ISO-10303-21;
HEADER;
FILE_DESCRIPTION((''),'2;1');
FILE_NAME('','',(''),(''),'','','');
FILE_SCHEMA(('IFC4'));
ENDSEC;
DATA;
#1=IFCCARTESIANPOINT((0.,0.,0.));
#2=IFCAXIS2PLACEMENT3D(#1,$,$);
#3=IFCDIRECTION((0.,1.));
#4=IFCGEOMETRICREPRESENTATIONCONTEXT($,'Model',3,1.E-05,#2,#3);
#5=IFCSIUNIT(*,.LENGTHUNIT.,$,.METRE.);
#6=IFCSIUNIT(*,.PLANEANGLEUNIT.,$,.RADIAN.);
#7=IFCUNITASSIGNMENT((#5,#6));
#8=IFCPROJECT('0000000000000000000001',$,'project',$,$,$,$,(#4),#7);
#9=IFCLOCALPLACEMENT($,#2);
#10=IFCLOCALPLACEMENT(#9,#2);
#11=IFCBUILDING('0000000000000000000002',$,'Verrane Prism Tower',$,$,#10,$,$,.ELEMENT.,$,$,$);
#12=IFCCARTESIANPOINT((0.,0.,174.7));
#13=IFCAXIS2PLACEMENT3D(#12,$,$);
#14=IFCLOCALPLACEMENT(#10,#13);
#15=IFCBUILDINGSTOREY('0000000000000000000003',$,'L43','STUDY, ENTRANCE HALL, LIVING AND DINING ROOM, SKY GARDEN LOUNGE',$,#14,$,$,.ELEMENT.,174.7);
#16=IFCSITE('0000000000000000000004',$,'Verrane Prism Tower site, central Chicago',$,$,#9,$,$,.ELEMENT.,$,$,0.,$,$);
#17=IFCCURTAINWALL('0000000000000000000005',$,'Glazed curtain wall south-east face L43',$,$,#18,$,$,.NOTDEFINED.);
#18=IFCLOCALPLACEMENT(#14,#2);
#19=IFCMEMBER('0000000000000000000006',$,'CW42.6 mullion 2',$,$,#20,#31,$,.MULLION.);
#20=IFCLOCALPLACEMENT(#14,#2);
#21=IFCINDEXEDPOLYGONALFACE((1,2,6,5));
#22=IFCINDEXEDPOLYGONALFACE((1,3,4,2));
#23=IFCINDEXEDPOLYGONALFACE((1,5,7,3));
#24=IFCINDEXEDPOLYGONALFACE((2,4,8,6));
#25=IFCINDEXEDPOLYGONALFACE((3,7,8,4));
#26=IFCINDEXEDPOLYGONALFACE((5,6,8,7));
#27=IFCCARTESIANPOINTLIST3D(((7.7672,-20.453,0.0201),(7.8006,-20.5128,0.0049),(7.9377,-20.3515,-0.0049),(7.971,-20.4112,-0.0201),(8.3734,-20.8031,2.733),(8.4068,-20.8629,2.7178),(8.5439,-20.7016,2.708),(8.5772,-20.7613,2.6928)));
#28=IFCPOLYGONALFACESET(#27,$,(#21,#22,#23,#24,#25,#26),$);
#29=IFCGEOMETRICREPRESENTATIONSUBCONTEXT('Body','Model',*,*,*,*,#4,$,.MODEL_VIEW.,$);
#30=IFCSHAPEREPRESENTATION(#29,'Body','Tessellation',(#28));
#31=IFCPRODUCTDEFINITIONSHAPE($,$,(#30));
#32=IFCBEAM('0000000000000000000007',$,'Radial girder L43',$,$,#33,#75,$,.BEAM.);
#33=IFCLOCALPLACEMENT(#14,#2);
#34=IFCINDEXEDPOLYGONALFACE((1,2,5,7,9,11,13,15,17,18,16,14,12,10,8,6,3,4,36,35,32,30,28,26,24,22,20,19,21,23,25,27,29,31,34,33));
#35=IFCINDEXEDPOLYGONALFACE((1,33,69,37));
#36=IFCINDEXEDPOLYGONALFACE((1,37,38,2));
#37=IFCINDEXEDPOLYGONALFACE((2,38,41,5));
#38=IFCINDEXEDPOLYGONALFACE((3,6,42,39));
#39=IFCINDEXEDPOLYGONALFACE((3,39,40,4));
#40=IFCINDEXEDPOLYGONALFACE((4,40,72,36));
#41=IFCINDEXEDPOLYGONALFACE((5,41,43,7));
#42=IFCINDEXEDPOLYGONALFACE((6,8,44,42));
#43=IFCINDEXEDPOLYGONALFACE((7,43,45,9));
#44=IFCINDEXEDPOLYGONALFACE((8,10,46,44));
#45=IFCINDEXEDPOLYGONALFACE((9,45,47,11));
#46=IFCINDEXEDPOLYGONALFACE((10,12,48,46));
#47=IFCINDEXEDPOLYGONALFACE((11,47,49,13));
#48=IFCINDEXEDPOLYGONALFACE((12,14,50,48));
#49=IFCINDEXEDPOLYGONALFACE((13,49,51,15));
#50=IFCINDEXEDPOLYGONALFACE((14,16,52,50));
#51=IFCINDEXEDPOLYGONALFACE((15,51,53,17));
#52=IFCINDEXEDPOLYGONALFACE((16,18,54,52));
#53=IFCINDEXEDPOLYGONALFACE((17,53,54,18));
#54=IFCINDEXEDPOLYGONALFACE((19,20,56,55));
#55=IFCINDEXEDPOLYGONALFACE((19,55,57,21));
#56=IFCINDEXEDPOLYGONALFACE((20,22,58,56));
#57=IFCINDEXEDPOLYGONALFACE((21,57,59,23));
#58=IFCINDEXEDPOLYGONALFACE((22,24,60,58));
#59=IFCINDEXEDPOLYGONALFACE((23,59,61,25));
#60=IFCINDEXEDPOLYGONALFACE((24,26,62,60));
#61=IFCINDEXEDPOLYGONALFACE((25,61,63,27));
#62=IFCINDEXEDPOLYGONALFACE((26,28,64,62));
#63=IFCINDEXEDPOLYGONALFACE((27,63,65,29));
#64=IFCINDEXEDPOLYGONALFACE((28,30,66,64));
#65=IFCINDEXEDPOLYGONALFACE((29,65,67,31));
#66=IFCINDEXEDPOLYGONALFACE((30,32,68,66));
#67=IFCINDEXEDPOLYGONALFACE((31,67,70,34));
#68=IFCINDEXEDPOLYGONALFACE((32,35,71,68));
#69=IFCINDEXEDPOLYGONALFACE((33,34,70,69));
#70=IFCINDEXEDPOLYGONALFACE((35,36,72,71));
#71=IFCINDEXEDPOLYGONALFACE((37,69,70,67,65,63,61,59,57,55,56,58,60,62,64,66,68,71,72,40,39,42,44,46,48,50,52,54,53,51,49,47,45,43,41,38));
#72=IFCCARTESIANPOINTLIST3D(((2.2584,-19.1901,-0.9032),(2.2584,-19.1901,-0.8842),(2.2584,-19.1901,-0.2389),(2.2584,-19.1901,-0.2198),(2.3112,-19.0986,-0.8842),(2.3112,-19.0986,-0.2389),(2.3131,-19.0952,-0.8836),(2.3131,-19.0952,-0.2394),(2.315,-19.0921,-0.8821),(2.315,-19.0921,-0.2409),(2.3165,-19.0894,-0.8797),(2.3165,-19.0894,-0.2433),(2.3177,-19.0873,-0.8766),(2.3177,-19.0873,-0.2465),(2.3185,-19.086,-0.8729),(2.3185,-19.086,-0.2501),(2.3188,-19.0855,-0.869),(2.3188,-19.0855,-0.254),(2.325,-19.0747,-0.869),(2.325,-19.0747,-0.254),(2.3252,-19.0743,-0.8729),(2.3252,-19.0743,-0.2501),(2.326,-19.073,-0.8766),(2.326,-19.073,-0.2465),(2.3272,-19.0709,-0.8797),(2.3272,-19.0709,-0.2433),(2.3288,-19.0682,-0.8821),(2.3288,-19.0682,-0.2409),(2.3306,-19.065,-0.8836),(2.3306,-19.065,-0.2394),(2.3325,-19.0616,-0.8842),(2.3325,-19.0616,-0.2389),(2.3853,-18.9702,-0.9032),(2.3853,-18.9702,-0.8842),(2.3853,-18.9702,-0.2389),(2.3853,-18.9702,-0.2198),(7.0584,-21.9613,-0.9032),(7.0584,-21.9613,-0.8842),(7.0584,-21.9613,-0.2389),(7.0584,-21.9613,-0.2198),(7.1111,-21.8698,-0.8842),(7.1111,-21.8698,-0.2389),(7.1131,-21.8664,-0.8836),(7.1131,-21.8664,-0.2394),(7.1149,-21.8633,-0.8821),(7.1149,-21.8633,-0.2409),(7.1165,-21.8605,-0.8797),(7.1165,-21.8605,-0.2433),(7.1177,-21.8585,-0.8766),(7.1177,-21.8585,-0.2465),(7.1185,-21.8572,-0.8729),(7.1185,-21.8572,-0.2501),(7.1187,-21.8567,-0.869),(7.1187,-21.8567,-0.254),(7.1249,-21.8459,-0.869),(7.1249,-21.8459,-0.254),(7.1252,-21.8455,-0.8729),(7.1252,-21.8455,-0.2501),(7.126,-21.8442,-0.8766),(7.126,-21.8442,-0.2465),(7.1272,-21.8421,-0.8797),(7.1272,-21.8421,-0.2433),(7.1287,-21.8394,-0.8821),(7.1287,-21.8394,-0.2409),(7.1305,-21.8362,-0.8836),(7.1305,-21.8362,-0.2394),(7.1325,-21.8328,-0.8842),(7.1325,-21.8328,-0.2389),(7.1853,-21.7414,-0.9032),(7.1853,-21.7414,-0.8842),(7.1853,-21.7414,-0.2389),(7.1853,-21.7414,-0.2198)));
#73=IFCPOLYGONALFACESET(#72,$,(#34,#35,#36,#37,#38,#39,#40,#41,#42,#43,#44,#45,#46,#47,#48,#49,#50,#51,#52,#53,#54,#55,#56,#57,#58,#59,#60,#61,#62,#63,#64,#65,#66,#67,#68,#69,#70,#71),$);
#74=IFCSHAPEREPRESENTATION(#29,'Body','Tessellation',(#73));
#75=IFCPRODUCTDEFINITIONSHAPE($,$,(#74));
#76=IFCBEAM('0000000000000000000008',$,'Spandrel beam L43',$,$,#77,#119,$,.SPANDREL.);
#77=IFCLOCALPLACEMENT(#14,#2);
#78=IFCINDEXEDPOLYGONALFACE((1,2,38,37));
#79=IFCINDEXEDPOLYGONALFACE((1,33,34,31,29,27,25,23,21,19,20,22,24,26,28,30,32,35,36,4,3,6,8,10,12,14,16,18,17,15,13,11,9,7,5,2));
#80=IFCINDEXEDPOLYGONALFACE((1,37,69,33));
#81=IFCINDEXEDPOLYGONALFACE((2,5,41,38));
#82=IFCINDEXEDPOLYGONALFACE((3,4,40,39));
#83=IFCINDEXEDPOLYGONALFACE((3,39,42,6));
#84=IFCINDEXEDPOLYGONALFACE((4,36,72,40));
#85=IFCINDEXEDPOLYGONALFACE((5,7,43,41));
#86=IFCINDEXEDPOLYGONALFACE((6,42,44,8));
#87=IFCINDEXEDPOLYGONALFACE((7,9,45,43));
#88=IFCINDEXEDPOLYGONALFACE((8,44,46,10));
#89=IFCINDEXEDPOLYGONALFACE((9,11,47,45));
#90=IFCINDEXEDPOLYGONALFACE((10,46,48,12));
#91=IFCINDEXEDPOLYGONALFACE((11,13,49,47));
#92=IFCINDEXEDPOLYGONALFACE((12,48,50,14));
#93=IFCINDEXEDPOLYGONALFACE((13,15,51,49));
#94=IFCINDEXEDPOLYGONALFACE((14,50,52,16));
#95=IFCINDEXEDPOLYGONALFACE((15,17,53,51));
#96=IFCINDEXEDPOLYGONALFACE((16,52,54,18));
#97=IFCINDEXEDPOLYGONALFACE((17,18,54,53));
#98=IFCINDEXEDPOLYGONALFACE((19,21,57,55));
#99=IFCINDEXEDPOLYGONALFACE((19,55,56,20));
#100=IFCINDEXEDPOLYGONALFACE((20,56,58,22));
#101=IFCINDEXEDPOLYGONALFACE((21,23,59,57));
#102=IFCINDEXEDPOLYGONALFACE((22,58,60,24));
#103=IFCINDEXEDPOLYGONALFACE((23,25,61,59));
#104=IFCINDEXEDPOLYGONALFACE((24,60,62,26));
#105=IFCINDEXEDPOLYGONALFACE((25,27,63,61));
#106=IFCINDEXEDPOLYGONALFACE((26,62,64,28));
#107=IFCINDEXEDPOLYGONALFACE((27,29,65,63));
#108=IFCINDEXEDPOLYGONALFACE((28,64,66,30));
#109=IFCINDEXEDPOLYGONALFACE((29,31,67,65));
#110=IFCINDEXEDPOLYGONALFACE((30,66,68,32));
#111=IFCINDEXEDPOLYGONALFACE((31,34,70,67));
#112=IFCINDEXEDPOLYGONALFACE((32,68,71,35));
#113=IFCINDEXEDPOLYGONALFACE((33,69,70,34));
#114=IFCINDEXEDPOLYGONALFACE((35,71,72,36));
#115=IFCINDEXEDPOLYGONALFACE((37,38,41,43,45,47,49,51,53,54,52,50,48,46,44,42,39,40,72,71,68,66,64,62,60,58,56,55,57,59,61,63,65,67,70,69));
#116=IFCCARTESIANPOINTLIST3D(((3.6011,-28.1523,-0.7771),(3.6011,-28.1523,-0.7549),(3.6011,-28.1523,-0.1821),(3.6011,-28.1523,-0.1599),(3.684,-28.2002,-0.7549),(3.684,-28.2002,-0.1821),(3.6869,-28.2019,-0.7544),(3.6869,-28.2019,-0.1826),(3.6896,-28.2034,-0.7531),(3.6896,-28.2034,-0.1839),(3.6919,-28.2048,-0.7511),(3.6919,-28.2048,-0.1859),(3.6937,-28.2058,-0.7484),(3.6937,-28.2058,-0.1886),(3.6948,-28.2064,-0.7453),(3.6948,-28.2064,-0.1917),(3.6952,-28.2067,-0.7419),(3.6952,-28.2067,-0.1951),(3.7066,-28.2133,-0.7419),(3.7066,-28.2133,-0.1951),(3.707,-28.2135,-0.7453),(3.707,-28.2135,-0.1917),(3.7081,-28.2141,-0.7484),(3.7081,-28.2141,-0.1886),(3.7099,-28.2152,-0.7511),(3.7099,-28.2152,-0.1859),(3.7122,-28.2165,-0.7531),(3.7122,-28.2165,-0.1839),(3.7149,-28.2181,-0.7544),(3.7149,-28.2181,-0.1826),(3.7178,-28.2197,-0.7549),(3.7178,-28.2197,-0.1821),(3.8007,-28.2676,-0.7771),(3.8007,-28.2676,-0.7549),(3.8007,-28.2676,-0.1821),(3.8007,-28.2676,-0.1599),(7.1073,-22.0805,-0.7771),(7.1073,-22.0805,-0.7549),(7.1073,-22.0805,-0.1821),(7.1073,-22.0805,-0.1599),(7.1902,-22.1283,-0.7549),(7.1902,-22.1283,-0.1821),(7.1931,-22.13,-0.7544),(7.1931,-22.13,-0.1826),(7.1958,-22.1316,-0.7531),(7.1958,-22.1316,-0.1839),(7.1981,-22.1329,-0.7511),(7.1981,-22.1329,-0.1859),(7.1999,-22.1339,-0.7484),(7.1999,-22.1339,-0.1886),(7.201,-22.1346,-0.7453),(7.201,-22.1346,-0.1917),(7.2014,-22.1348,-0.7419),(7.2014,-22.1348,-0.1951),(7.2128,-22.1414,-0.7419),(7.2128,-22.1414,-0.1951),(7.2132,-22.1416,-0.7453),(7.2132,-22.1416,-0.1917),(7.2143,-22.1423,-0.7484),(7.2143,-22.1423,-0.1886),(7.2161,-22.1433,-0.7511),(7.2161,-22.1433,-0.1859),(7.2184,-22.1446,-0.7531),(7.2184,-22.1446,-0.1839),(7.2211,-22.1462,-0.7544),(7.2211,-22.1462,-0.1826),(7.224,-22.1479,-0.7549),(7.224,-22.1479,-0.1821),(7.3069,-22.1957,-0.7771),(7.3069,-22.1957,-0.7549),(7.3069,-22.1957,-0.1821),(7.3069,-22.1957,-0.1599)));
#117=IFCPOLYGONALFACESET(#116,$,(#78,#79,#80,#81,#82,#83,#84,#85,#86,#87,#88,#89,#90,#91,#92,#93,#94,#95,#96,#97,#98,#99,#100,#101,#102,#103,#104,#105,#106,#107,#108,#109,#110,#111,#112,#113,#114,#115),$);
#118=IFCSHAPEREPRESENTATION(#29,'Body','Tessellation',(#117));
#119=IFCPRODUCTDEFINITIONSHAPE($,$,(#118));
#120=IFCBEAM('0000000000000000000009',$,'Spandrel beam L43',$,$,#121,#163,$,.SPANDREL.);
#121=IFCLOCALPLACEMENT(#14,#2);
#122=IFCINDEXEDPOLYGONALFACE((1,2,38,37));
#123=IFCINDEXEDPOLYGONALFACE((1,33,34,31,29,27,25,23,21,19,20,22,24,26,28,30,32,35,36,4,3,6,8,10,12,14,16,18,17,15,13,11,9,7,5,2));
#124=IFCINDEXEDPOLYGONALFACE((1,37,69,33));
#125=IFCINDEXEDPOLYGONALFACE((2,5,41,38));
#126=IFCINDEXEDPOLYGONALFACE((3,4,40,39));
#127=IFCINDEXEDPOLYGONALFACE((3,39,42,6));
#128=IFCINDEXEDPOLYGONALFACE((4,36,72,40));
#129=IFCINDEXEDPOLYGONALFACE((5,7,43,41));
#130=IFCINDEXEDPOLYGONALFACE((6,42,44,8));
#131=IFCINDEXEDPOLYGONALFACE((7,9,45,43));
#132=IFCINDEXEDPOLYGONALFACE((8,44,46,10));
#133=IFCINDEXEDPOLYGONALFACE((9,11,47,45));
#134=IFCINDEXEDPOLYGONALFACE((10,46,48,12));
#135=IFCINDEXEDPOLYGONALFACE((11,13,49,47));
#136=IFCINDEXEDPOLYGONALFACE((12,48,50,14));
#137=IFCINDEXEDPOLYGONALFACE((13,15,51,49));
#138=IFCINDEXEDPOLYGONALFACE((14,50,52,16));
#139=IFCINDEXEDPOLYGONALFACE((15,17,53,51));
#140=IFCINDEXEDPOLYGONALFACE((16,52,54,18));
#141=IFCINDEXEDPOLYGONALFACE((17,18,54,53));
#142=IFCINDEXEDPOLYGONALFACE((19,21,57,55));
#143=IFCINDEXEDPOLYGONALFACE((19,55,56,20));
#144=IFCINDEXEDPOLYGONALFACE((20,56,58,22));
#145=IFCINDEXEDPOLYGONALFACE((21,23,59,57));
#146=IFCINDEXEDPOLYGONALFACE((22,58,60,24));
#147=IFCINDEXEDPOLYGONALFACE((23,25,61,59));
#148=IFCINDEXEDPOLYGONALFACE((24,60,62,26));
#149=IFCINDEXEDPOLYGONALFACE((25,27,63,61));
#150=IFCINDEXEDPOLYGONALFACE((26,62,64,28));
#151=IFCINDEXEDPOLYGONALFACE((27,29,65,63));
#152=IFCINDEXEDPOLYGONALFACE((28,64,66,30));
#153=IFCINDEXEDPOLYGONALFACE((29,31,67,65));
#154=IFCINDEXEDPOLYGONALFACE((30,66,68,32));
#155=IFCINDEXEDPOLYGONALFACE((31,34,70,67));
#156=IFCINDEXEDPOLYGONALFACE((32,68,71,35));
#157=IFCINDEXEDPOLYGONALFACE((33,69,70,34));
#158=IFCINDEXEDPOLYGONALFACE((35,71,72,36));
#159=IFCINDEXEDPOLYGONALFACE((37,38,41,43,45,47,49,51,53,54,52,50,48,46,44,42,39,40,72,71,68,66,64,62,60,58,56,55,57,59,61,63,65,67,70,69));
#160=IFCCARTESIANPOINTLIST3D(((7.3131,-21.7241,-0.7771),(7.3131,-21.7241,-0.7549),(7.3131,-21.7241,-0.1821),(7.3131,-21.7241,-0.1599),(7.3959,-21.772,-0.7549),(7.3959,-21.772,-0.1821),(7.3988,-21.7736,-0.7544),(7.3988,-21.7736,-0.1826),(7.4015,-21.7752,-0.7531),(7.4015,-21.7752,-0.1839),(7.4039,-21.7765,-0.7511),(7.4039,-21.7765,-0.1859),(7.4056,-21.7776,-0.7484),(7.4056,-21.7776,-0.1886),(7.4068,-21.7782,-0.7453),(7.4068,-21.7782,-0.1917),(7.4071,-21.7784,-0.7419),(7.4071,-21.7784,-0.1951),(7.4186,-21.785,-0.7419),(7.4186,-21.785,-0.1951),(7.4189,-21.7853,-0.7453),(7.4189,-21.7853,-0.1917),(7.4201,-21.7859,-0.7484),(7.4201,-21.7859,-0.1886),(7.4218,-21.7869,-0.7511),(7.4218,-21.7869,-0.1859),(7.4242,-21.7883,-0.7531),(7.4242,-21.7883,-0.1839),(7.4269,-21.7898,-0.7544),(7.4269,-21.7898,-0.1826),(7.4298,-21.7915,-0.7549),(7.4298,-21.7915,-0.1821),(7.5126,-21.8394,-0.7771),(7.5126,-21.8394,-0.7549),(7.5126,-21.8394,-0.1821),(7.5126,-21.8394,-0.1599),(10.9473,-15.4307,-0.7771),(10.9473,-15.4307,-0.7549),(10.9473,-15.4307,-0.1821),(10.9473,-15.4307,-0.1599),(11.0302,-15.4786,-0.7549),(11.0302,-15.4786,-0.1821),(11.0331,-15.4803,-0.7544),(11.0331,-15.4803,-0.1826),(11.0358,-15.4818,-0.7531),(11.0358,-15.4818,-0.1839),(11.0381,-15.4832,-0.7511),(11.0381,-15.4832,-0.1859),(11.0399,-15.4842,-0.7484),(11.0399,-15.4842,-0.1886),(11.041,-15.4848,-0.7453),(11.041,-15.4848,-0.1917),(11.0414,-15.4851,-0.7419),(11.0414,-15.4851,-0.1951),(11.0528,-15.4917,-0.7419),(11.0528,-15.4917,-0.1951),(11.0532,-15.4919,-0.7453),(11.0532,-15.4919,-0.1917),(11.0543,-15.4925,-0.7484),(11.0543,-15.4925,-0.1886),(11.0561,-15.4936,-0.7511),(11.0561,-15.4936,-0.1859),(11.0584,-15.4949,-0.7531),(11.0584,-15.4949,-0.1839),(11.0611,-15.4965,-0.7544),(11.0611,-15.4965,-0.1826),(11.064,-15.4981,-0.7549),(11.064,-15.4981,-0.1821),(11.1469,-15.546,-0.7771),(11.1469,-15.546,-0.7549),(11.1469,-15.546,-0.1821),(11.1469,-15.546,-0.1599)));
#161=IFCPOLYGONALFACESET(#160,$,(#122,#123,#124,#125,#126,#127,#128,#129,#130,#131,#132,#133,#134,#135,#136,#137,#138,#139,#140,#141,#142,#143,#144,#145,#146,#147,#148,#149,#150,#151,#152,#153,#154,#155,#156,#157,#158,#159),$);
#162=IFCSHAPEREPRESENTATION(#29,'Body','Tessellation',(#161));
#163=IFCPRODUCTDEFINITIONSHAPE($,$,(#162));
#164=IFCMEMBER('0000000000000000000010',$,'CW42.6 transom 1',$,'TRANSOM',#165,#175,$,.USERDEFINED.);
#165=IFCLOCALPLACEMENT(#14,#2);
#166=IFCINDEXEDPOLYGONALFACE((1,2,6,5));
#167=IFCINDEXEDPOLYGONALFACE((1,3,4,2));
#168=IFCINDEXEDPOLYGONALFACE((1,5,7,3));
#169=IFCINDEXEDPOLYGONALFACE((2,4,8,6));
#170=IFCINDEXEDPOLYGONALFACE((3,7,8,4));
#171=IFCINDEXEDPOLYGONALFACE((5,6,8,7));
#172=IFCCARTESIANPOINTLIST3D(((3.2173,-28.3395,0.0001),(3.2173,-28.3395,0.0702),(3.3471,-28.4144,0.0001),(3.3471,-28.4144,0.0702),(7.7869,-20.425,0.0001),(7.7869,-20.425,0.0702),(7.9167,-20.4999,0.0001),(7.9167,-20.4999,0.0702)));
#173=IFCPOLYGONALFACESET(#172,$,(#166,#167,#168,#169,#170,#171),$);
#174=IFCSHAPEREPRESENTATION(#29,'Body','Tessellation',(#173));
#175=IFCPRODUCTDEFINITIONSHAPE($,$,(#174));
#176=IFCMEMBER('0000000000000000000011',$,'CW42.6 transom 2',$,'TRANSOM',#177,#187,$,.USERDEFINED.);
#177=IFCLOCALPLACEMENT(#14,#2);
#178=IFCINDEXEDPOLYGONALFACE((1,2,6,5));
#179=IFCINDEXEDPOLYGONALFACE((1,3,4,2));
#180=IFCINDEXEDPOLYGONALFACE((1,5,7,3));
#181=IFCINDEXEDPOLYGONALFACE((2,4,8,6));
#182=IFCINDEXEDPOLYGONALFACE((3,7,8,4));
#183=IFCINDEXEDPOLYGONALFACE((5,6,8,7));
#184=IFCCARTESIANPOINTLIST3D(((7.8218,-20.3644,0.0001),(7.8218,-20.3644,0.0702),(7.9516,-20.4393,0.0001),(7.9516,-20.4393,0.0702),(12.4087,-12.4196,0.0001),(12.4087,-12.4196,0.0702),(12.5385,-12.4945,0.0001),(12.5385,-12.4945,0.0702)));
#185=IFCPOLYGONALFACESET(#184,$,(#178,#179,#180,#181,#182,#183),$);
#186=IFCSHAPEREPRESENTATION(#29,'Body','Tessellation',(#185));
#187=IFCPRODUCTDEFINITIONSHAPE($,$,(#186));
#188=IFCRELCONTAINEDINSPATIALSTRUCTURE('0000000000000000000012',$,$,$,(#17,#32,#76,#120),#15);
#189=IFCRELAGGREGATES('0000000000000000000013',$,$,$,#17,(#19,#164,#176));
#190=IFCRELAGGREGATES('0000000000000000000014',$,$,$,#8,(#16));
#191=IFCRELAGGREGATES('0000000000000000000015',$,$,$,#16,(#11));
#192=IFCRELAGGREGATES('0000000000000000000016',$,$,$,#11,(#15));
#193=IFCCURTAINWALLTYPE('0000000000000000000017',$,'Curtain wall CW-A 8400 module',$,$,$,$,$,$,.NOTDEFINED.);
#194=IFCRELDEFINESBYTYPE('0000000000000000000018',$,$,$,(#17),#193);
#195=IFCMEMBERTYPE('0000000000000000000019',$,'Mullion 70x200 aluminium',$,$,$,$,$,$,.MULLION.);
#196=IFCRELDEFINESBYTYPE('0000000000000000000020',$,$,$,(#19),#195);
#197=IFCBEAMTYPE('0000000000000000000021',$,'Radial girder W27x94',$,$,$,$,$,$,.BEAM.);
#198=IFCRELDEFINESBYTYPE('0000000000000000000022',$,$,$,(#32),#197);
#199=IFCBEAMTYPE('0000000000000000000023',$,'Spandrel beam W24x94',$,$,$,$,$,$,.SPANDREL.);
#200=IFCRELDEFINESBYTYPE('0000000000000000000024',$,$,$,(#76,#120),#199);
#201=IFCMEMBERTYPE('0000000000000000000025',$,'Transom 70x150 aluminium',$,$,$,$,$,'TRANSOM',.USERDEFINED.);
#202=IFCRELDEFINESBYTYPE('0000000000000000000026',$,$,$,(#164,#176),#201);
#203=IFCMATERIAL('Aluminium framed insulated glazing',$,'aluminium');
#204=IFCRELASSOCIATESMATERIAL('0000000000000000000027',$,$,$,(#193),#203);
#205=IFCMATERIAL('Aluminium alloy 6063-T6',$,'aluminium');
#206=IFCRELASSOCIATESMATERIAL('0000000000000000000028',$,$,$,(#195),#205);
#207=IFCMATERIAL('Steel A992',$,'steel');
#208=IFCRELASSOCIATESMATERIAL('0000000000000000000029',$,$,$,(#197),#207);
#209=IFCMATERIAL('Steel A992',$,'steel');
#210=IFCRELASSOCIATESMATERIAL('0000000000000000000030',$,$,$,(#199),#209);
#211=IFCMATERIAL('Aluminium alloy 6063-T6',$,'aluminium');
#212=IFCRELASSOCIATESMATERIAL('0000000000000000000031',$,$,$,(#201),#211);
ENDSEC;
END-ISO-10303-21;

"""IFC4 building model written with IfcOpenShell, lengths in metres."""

from ifc_helpers import new_model, si_unit, direction, frame, origin, origin_2d, place, context, subcontext, project, spatial, rectangle, i_section, extrude, material, material_profile, profile_set, type_object, element, aggregate, save


model = new_model("IFC4")

# Units and contexts
model_context = context("Model", 3, precision=1e-05, world=origin(), true_north=direction((0.0, 1.0)))
body_context = subcontext(model_context, "Body", "Model", "MODEL_VIEW")
ifc_project = project(units=[si_unit("LENGTHUNIT", "METRE"), si_unit("PLANEANGLEUNIT", "RADIAN")], contexts=[model_context])

# Site, building, storey
site_placement = place(None, origin())
site = spatial("IfcSite", under=ifc_project, at=site_placement, Name="Verrane Prism Tower site, central Chicago", CompositionType="ELEMENT", RefElevation=0.0)
building_placement = place(site_placement, origin())
building = spatial("IfcBuilding", under=site, at=building_placement, Name="Verrane Prism Tower", CompositionType="ELEMENT")
storey_placement = place(building_placement, frame((0.0, 0.0, 174.7)))
storey = spatial("IfcBuildingStorey", under=building, at=storey_placement, Name="L43", Description="STUDY, ENTRANCE HALL, LIVING AND DINING ROOM, SKY GARDEN LOUNGE", CompositionType="ELEMENT", Elevation=174.7)

# Curtain wall, member
ifc_material_1 = material(Name="Aluminium framed insulated glazing", Category="aluminium")
curtain_wall_type = type_object("IfcCurtainWallType", Name="Curtain wall CW-A 8400 module", PredefinedType="NOTDEFINED", material=ifc_material_1)
curtain_wall_placement = place(storey_placement, origin())
curtain_wall = element("IfcCurtainWall", 1, at=curtain_wall_placement, inside=storey, type_object=curtain_wall_type, Name="Glazed curtain wall south-east face L43", PredefinedType="NOTDEFINED")
ifc_material_2 = material(Name="Aluminium alloy 6063-T6", Category="aluminium")
ifc_material_profile_1 = material_profile(ifc_material_2, rectangle(XDim=0.2, YDim=0.0701, at=origin_2d()), Name="Mullion 70x200 aluminium")
ifc_profile_set_1 = profile_set([ifc_material_profile_1], Name="Aluminium alloy 6063-T6")
member_type_1 = type_object("IfcMemberType", Name="Mullion 70x200 aluminium", PredefinedType="MULLION", material=ifc_profile_set_1)
member_1_placement = place(storey_placement, frame((7.8691, -20.4321, 0.0), z_axis=(0.216365, -0.124957, 0.968283), x_axis=(-0.852358, -0.507818, 0.124928)))
member_1 = element("IfcMember", 2, at=member_1_placement, type_object=member_type_1, Name="CW42.6 mullion 2", PredefinedType="MULLION", context=body_context, shape_type="SweptSolid", body=[
    extrude(rectangle(XDim=0.2, YDim=0.0701, at=origin_2d()), origin(), (0.0, 0.0, 1.0), 2.8018),
])

# Beams
ifc_material_3 = material(Name="Steel A992", Category="steel")
ifc_material_profile_2 = material_profile(ifc_material_3, i_section(OverallWidth=0.2539, OverallDepth=0.6833, WebThickness=0.0125, FlangeThickness=0.019, FilletRadius=0.0151, at=origin_2d()), Name="W27x94")
ifc_profile_set_2 = profile_set([ifc_material_profile_2], Name="Steel A992")
beam_type_1 = type_object("IfcBeamType", Name="Radial girder W27x94", PredefinedType="BEAM", material=ifc_profile_set_2)
beam_1_placement = place(storey_placement, frame((7.1218, -21.8513, -0.5615), z_axis=(-0.866031, 0.499991, 0.0), x_axis=(-0.499991, -0.866031, 0.0)))
element("IfcBeam", 3, at=beam_1_placement, inside=storey, type_object=beam_type_1, Name="Radial girder L43", PredefinedType="BEAM", context=body_context, shape_type="SweptSolid", body=[
    extrude(i_section(OverallWidth=0.2539, OverallDepth=0.6833, WebThickness=0.0125, FlangeThickness=0.019, FilletRadius=0.0151, at=origin_2d()), origin(), (0.0, 0.0, 1.0), 5.5425),
])
ifc_material_4 = material(Name="Steel A992", Category="steel")
ifc_material_profile_3 = material_profile(ifc_material_4, i_section(OverallWidth=0.2305, OverallDepth=0.6172, WebThickness=0.0132, FlangeThickness=0.0222, FilletRadius=0.0129, at=origin_2d()), Name="W24x94")
ifc_profile_set_3 = profile_set([ifc_material_profile_3], Name="Steel A992")
beam_type_2 = type_object("IfcBeamType", Name="Spandrel beam W24x94", PredefinedType="SPANDREL", material=ifc_profile_set_3)
beam_2_placement = place(storey_placement, frame((3.7009, -28.21, -0.4685), z_axis=(0.50006, 0.865991, 0.0), x_axis=(-0.865991, 0.50006, 0.0)))
element("IfcBeam", 4, at=beam_2_placement, inside=storey, type_object=beam_type_2, Name="Spandrel beam L43", PredefinedType="SPANDREL", context=body_context, shape_type="SweptSolid", body=[
    extrude(i_section(OverallWidth=0.2305, OverallDepth=0.6172, WebThickness=0.0132, FlangeThickness=0.0222, FilletRadius=0.0129, at=origin_2d()), origin(), (0.0, 0.0, 1.0), 7.0115),
])
beam_3_placement = place(storey_placement, frame((7.4128, -21.7817, -0.4685), z_axis=(0.500077, 0.865981, 0.0), x_axis=(-0.865981, 0.500077, 0.0)))
element("IfcBeam", 5, at=beam_3_placement, inside=storey, type_object=beam_type_2, Name="Spandrel beam L43", PredefinedType="SPANDREL", context=body_context, shape_type="SweptSolid", body=[
    extrude(i_section(OverallWidth=0.2305, OverallDepth=0.6172, WebThickness=0.0132, FlangeThickness=0.0222, FilletRadius=0.0129, at=origin_2d()), origin(), (0.0, 0.0, 1.0), 7.2673),
])

# Members
ifc_material_5 = material(Name="Aluminium alloy 6063-T6", Category="aluminium")
ifc_material_profile_4 = material_profile(ifc_material_5, rectangle(XDim=0.1499, YDim=0.0701, at=origin_2d()), Name="Transom 70x150 aluminium")
ifc_profile_set_4 = profile_set([ifc_material_profile_4], Name="Aluminium alloy 6063-T6")
member_type_2 = type_object("IfcMemberType", Name="Transom 70x150 aluminium", ElementType="TRANSOM", PredefinedType="USERDEFINED", material=ifc_profile_set_4)
member_2_placement = place(storey_placement, frame((3.2822, -28.377, 0.0352), z_axis=(0.500009, 0.86602, 0.0), x_axis=(-0.86602, 0.500009, 0.0)))
member_2 = element("IfcMember", 6, at=member_2_placement, type_object=member_type_2, Name="CW42.6 transom 1", ObjectType="TRANSOM", PredefinedType="USERDEFINED", context=body_context, shape_type="SweptSolid", body=[
    extrude(rectangle(XDim=0.1499, YDim=0.0701, at=origin_2d()), origin(), (0.0, 0.0, 1.0), 9.1389),
])
member_3_placement = place(storey_placement, frame((7.8867, -20.4019, 0.0352), z_axis=(0.499997, 0.866027, 0.0), x_axis=(-0.866027, 0.499997, 0.0)))
member_3 = element("IfcMember", 7, at=member_3_placement, type_object=member_type_2, Name="CW42.6 transom 2", ObjectType="TRANSOM", PredefinedType="USERDEFINED", context=body_context, shape_type="SweptSolid", body=[
    extrude(rectangle(XDim=0.1499, YDim=0.0701, at=origin_2d()), origin(), (0.0, 0.0, 1.0), 9.1738),
])

aggregate(curtain_wall, [member_1, member_2, member_3])

save(model, "model.ifc")
